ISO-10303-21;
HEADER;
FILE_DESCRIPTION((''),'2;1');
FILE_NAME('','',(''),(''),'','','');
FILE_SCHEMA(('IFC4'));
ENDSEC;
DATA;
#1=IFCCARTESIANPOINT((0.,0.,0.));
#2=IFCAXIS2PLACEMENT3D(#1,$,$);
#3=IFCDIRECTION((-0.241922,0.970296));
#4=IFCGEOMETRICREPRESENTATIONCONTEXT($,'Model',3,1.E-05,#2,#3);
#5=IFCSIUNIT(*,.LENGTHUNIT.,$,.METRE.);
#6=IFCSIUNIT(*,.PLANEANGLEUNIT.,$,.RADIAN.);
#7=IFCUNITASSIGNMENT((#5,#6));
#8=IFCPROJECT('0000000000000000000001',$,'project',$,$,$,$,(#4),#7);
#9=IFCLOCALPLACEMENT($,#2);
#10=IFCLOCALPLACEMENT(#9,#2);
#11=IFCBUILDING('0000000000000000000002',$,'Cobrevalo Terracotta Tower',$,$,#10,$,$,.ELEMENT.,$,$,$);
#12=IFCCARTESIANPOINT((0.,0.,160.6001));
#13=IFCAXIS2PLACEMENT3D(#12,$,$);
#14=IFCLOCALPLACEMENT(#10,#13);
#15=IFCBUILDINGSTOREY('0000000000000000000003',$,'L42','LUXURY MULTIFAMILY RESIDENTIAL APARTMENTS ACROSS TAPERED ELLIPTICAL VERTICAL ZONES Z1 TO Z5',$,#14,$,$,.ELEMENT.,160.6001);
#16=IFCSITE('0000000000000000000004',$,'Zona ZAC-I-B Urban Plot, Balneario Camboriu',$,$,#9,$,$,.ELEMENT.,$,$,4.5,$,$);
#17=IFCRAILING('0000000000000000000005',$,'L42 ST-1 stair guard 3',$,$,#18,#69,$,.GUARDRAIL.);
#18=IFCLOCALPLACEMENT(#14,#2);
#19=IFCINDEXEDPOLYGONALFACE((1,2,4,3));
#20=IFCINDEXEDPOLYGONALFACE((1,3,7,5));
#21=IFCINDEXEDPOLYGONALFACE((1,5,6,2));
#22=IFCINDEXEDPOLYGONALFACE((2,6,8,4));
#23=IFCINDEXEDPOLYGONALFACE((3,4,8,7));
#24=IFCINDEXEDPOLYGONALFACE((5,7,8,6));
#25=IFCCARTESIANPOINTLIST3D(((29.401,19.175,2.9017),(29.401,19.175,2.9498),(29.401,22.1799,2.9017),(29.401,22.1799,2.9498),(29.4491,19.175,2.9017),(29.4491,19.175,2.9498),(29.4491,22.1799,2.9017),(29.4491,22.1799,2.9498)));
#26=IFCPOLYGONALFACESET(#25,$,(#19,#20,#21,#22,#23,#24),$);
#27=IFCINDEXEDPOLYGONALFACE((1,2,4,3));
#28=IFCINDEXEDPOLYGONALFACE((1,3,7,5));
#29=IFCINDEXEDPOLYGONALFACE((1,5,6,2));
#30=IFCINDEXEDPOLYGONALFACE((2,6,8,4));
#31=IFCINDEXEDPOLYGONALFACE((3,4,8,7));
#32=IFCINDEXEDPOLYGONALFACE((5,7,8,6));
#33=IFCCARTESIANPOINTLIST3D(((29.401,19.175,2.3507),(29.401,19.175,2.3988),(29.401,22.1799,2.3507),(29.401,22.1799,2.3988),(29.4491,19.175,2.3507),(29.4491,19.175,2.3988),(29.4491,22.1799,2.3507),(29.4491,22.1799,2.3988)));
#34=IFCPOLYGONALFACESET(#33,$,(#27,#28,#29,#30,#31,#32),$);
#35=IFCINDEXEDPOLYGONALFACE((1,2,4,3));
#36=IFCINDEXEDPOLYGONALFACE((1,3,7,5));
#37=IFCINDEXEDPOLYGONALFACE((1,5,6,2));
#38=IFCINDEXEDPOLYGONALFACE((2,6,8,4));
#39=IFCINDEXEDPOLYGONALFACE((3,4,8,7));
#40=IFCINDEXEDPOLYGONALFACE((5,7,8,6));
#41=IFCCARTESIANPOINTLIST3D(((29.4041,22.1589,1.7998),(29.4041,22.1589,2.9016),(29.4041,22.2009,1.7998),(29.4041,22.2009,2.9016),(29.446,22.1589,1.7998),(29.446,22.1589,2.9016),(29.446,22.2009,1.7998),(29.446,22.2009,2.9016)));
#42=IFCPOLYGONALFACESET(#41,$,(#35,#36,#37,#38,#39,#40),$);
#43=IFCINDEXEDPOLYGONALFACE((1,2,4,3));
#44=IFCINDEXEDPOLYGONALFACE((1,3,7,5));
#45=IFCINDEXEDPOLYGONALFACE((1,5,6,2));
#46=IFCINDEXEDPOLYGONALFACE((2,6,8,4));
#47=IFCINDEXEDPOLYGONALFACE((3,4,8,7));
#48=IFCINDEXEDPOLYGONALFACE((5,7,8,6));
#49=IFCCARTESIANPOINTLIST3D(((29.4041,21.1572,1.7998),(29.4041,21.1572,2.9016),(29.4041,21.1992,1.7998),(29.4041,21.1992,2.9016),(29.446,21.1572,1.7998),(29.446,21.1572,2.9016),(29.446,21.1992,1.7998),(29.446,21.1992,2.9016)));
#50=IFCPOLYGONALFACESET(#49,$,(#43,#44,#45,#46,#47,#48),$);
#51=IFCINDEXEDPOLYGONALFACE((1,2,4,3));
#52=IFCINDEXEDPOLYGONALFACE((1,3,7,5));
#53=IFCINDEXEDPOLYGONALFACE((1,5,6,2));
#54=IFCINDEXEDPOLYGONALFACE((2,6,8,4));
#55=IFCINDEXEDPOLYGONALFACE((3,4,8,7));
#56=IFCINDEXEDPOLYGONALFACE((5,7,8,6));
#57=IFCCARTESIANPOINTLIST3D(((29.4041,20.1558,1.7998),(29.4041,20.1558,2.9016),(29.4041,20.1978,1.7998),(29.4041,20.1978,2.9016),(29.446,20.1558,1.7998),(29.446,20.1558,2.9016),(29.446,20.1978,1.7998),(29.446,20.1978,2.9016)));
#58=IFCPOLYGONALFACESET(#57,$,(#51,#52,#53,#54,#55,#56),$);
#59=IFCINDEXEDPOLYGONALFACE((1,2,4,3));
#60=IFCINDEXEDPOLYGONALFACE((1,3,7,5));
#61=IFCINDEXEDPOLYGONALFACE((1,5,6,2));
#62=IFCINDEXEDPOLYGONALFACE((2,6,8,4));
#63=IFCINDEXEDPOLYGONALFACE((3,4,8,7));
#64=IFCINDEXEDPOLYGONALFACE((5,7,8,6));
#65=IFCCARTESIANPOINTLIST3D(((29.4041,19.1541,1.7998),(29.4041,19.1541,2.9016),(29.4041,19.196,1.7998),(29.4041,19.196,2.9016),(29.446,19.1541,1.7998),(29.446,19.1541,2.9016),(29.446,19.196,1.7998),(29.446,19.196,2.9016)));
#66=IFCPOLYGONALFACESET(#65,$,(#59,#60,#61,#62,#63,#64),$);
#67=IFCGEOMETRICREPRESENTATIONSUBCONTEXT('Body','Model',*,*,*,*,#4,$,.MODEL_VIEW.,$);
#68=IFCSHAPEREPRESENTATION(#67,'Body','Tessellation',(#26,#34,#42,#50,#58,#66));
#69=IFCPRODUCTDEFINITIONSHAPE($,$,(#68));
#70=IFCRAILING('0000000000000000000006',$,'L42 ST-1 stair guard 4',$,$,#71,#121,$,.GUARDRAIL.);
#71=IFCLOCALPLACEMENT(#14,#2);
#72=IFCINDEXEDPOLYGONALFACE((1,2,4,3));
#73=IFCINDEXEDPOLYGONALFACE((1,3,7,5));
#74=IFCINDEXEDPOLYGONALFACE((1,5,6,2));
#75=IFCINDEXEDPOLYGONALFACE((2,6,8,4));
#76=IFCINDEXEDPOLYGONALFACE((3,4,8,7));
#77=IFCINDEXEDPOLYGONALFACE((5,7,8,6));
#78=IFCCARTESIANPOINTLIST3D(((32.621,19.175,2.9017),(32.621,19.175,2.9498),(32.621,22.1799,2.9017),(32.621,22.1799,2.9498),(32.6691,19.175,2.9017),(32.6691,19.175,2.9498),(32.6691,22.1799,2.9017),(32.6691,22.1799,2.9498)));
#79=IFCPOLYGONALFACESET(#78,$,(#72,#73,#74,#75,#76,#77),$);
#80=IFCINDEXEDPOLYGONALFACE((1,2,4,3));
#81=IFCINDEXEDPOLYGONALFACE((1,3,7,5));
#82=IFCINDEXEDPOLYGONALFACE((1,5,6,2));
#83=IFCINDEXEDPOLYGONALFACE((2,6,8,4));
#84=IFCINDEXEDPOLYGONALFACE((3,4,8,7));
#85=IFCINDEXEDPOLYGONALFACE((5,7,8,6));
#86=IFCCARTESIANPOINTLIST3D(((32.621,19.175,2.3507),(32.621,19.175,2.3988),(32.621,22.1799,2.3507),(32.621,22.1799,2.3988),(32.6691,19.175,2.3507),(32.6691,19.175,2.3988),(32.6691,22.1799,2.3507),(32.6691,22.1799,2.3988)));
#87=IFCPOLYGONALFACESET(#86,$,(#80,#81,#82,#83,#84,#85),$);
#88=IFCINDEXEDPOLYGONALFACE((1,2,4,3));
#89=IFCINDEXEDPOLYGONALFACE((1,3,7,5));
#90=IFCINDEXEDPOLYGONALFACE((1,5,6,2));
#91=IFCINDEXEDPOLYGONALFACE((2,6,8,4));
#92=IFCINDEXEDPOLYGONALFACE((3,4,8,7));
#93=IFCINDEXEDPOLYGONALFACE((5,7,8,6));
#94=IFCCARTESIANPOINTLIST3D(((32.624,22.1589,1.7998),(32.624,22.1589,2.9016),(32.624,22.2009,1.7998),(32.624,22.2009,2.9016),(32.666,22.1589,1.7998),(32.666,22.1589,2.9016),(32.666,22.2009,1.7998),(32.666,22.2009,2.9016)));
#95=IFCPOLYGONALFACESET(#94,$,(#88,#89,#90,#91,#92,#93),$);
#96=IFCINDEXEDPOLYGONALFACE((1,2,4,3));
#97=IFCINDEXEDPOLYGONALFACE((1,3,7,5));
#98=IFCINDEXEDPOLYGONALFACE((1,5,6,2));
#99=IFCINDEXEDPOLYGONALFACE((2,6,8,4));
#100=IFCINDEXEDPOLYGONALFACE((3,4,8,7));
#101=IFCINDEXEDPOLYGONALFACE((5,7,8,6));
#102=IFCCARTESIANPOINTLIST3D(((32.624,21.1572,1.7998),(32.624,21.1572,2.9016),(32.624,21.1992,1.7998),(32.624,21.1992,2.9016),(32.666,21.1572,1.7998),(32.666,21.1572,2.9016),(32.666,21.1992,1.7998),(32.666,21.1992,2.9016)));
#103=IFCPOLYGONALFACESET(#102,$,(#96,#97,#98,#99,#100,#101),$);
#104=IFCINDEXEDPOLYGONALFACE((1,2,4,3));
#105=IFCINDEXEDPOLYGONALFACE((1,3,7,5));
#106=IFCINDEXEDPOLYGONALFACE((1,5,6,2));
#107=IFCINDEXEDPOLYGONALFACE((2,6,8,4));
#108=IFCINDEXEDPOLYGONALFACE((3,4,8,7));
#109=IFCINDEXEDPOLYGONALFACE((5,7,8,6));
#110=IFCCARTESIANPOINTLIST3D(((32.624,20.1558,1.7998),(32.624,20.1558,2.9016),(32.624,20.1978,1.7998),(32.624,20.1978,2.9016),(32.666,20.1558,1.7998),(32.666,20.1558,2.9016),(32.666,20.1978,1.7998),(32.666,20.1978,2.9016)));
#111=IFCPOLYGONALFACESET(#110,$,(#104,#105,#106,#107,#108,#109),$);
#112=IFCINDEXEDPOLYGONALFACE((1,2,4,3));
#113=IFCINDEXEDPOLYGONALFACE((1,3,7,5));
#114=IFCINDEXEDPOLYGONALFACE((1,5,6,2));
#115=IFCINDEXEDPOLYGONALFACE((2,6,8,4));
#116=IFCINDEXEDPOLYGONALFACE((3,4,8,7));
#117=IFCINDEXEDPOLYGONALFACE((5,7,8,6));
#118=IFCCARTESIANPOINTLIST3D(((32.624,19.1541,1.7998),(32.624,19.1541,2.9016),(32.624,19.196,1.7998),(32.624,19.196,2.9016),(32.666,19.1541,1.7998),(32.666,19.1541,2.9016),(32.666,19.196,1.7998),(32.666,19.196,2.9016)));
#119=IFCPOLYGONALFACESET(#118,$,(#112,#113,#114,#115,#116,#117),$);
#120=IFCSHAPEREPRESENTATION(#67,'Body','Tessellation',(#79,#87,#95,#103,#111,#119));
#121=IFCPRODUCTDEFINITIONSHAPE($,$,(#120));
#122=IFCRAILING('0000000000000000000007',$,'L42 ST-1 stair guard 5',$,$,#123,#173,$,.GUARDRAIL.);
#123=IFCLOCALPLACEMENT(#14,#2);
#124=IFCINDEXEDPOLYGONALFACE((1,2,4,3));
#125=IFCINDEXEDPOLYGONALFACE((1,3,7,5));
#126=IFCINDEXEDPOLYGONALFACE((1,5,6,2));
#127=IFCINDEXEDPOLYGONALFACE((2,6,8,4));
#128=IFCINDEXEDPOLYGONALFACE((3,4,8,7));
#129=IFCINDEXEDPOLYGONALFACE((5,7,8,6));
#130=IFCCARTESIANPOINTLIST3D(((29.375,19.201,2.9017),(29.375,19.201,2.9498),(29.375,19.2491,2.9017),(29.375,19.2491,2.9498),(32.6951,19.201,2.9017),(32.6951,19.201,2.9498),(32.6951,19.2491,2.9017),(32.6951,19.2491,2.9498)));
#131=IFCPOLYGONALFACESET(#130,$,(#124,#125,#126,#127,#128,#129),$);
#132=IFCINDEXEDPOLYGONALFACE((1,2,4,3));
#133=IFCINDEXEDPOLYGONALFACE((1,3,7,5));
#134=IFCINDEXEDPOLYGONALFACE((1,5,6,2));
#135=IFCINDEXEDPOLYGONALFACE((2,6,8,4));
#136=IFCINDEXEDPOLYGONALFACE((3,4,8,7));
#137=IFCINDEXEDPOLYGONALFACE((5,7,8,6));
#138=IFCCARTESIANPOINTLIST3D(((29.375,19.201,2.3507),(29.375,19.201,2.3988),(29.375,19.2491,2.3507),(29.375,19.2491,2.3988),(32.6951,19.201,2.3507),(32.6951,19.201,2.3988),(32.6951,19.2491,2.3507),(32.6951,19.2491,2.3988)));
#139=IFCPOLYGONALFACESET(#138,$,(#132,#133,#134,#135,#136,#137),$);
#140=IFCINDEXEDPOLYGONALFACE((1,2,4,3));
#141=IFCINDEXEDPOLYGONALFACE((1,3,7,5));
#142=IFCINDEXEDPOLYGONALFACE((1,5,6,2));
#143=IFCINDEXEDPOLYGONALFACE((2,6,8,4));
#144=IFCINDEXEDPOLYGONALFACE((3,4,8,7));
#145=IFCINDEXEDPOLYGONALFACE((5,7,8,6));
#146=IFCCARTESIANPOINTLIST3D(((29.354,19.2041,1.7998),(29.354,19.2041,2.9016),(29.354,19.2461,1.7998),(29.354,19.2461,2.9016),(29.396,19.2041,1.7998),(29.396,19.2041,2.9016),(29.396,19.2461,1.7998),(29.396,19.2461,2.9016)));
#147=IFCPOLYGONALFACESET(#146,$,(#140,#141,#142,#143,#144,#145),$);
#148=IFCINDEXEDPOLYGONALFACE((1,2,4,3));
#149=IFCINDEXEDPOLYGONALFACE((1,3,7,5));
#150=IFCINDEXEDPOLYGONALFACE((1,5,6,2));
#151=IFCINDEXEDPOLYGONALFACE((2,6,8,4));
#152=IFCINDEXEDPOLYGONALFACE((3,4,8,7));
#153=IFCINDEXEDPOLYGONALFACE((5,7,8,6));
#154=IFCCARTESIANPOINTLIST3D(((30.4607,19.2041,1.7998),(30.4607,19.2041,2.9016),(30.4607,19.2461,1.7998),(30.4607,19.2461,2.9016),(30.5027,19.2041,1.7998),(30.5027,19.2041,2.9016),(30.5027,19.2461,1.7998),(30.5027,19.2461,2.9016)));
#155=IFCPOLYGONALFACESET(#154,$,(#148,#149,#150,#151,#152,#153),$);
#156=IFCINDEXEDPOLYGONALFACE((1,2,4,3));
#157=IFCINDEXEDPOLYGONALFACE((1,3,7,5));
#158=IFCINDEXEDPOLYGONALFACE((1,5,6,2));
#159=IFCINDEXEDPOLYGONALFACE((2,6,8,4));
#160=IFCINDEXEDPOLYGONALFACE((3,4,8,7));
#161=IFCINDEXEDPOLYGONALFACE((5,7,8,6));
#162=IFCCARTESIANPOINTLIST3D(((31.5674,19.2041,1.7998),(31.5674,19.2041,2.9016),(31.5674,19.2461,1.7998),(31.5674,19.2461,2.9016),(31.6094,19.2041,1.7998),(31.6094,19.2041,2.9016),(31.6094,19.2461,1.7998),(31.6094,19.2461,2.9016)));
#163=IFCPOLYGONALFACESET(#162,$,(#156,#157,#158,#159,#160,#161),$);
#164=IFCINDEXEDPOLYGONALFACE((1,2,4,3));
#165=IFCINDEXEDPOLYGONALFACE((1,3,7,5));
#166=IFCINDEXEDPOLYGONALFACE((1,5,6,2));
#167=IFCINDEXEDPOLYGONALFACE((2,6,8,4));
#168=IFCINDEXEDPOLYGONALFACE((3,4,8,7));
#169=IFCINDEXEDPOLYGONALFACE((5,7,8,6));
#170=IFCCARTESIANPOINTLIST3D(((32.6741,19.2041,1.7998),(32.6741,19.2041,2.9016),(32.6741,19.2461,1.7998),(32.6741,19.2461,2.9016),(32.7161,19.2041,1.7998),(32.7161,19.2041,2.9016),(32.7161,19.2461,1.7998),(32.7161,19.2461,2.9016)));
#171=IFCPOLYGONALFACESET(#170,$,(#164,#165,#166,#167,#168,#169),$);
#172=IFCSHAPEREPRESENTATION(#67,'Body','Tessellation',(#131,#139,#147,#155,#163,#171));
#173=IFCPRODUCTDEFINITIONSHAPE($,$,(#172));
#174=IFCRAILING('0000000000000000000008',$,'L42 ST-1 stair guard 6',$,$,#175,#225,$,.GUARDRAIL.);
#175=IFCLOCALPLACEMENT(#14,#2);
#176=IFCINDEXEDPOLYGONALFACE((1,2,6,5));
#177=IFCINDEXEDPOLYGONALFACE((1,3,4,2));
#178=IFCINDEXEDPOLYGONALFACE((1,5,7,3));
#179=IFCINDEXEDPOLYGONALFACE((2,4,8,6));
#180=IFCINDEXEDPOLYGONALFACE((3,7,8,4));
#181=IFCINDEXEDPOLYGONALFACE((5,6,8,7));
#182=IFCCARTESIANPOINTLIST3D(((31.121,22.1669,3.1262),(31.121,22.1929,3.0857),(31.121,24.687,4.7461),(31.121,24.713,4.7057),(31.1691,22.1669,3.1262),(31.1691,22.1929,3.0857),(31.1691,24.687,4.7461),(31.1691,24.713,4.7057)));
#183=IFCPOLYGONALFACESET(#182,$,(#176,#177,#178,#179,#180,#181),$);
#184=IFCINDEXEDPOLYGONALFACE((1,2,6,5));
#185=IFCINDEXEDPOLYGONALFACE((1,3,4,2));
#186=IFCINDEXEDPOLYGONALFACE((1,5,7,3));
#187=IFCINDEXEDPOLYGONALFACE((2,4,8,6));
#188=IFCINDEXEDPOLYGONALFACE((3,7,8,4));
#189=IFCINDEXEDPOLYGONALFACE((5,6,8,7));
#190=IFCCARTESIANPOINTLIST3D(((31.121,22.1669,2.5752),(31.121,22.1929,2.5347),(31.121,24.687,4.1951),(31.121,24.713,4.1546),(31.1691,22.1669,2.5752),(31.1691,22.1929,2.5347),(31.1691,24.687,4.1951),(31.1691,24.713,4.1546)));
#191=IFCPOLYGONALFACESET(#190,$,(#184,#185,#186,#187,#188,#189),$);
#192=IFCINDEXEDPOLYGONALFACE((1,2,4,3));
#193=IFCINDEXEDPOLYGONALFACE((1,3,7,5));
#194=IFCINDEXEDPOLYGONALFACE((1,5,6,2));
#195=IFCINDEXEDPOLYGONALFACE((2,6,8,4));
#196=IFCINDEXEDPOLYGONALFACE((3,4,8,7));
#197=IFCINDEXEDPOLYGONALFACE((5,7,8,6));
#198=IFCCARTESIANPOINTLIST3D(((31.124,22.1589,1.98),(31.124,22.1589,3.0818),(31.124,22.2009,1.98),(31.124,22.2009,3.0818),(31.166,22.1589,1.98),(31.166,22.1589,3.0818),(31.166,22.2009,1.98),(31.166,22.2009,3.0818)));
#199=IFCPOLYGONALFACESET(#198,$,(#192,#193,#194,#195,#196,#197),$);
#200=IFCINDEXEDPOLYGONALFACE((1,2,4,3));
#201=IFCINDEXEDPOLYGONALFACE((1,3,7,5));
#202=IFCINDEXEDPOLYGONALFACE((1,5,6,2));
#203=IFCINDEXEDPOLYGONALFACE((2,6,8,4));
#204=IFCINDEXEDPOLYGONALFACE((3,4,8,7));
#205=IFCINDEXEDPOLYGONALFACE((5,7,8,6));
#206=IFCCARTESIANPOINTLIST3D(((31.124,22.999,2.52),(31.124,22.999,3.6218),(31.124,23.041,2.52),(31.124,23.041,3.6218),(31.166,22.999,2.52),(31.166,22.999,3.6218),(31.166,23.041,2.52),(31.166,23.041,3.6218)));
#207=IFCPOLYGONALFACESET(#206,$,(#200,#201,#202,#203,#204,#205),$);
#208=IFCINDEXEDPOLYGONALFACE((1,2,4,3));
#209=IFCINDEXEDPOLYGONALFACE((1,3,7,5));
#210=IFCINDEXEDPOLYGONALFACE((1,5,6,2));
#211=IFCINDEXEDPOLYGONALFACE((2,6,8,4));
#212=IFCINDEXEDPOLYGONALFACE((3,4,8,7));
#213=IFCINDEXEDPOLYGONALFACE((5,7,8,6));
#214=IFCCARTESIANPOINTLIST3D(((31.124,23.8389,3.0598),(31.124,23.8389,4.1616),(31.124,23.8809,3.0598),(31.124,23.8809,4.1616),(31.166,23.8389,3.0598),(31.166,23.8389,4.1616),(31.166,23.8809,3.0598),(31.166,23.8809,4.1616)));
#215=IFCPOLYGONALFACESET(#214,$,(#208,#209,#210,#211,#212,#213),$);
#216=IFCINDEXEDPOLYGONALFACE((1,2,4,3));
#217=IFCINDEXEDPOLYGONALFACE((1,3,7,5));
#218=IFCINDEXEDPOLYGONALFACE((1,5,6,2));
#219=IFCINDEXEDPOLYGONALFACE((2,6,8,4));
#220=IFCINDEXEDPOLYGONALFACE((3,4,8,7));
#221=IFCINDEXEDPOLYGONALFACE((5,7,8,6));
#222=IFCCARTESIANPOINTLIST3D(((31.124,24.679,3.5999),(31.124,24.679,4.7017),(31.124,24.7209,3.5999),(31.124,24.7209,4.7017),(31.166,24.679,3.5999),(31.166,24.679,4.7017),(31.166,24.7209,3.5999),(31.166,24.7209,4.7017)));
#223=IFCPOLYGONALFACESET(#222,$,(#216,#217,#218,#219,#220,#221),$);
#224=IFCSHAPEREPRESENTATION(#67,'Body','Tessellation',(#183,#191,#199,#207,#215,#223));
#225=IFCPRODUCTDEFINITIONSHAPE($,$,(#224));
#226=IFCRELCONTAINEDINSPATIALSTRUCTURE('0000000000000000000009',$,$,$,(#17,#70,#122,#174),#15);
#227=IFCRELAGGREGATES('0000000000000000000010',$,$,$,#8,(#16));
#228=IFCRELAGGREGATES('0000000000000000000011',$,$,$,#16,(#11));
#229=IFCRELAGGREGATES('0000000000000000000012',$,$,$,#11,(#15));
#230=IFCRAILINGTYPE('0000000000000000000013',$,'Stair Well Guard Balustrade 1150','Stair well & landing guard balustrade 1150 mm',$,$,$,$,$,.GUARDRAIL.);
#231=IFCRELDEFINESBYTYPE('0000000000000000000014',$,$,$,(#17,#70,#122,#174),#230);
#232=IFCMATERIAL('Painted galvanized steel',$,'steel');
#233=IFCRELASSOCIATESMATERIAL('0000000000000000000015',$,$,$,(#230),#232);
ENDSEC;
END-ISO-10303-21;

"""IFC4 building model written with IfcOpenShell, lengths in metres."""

from ifc_helpers import new_model, si_unit, direction, frame, origin, origin_2d, place, context, subcontext, project, spatial, rectangle, extrude, material, type_object, element, save


model = new_model("IFC4")

# Units and contexts
model_context = context("Model", 3, precision=1e-05, world=origin(), true_north=direction((-0.241922, 0.970296)))
body_context = subcontext(model_context, "Body", "Model", "MODEL_VIEW")
ifc_project = project(units=[si_unit("LENGTHUNIT", "METRE"), si_unit("PLANEANGLEUNIT", "RADIAN")], contexts=[model_context])

# Site, building, storey
site_placement = place(None, origin())
site = spatial("IfcSite", under=ifc_project, at=site_placement, Name="Zona ZAC-I-B Urban Plot, Balneario Camboriu", CompositionType="ELEMENT", RefElevation=4.5)
building_placement = place(site_placement, origin())
building = spatial("IfcBuilding", under=site, at=building_placement, Name="Cobrevalo Terracotta Tower", CompositionType="ELEMENT")
storey_placement = place(building_placement, frame((0.0, 0.0, 160.6001)))
storey = spatial("IfcBuildingStorey", under=building, at=storey_placement, Name="L42", Description="LUXURY MULTIFAMILY RESIDENTIAL APARTMENTS ACROSS TAPERED ELLIPTICAL VERTICAL ZONES Z1 TO Z5", CompositionType="ELEMENT", Elevation=160.6001)

# Railings
ifc_material_1 = material(Name="Painted galvanized steel", Category="steel")
railing_type_1 = type_object("IfcRailingType", Name="Stair Well Guard Balustrade 1150", Description="Stair well & landing guard balustrade 1150 mm", PredefinedType="GUARDRAIL", material=ifc_material_1)
for number, where, name in (
    (1, (29.425, 22.1799, 1.7998), "L42 ST-1 stair guard 3"),
    (2, (32.645, 22.1799, 1.7998), "L42 ST-1 stair guard 4"),
):
    element("IfcRailing", number, at=place(storey_placement, frame(where)), inside=storey, type_object=railing_type_1, Name=name, PredefinedType="GUARDRAIL", context=body_context, shape_type="SweptSolid", body=[
        extrude(rectangle(XDim=0.0481, YDim=0.0481, at=origin_2d()), frame((0.0, 0.0, 1.126), z_axis=(0.0, -1.0, 0.0), x_axis=(1.0, 0.0, 0.0)), (0.0, 0.0, 1.0), 3.0049),
        extrude(rectangle(XDim=0.0481, YDim=0.0481, at=origin_2d()), frame((0.0, 0.0, 0.575), z_axis=(0.0, -1.0, 0.0), x_axis=(1.0, 0.0, 0.0)), (0.0, 0.0, 1.0), 3.0049),
        extrude(rectangle(XDim=0.042, YDim=0.042, at=origin_2d()), origin(), (0.0, 0.0, 1.0), 1.1018),
        extrude(rectangle(XDim=0.042, YDim=0.042, at=origin_2d()), frame((0.0, -1.0017, 0.0)), (0.0, 0.0, 1.0), 1.1018),
        extrude(rectangle(XDim=0.042, YDim=0.042, at=origin_2d()), frame((0.0, -2.0032, 0.0)), (0.0, 0.0, 1.0), 1.1018),
        extrude(rectangle(XDim=0.042, YDim=0.042, at=origin_2d()), frame((0.0, -3.0049, 0.0)), (0.0, 0.0, 1.0), 1.1018),
    ])
railing_1_placement = place(storey_placement, frame((29.375, 19.2251, 1.7998)))
element("IfcRailing", 3, at=railing_1_placement, inside=storey, type_object=railing_type_1, Name="L42 ST-1 stair guard 5", PredefinedType="GUARDRAIL", context=body_context, shape_type="SweptSolid", body=[
    extrude(rectangle(XDim=0.0481, YDim=0.0481, at=origin_2d()), frame((0.0, 0.0, 1.126), z_axis=(1.0, 0.0, 0.0), x_axis=(0.0, 1.0, 0.0)), (0.0, 0.0, 1.0), 3.3201),
    extrude(rectangle(XDim=0.0481, YDim=0.0481, at=origin_2d()), frame((0.0, 0.0, 0.575), z_axis=(1.0, 0.0, 0.0), x_axis=(0.0, 1.0, 0.0)), (0.0, 0.0, 1.0), 3.3201),
    extrude(rectangle(XDim=0.042, YDim=0.042, at=origin_2d()), origin(), (0.0, 0.0, 1.0), 1.1018),
    extrude(rectangle(XDim=0.042, YDim=0.042, at=origin_2d()), frame((1.1067, 0.0, 0.0)), (0.0, 0.0, 1.0), 1.1018),
    extrude(rectangle(XDim=0.042, YDim=0.042, at=origin_2d()), frame((2.2134, 0.0, 0.0)), (0.0, 0.0, 1.0), 1.1018),
    extrude(rectangle(XDim=0.042, YDim=0.042, at=origin_2d()), frame((3.3201, 0.0, 0.0)), (0.0, 0.0, 1.0), 1.1018),
])
railing_2_placement = place(storey_placement, frame((31.145, 22.1799, 1.98)))
element("IfcRailing", 4, at=railing_2_placement, inside=storey, type_object=railing_type_1, Name="L42 ST-1 stair guard 6", PredefinedType="GUARDRAIL", context=body_context, shape_type="SweptSolid", body=[
    extrude(rectangle(XDim=0.0481, YDim=0.0481, at=origin_2d()), frame((0.0, 0.0, 1.126), z_axis=(0.0, 0.8412, 0.540725), x_axis=(-1.0, 0.0, 0.0)), (0.0, 0.0, 1.0), 2.9958),
    extrude(rectangle(XDim=0.0481, YDim=0.0481, at=origin_2d()), frame((0.0, 0.0, 0.575), z_axis=(0.0, 0.8412, 0.540725), x_axis=(-1.0, 0.0, 0.0)), (0.0, 0.0, 1.0), 2.9958),
    extrude(rectangle(XDim=0.042, YDim=0.042, at=origin_2d()), origin(), (0.0, 0.0, 1.0), 1.1018),
    extrude(rectangle(XDim=0.042, YDim=0.042, at=origin_2d()), frame((0.0, 0.8401, 0.54)), (0.0, 0.0, 1.0), 1.1018),
    extrude(rectangle(XDim=0.042, YDim=0.042, at=origin_2d()), frame((0.0, 1.6799, 1.0798)), (0.0, 0.0, 1.0), 1.1018),
    extrude(rectangle(XDim=0.042, YDim=0.042, at=origin_2d()), frame((0.0, 2.52, 1.6199)), (0.0, 0.0, 1.0), 1.1018),
])

save(model, "model.ifc")
